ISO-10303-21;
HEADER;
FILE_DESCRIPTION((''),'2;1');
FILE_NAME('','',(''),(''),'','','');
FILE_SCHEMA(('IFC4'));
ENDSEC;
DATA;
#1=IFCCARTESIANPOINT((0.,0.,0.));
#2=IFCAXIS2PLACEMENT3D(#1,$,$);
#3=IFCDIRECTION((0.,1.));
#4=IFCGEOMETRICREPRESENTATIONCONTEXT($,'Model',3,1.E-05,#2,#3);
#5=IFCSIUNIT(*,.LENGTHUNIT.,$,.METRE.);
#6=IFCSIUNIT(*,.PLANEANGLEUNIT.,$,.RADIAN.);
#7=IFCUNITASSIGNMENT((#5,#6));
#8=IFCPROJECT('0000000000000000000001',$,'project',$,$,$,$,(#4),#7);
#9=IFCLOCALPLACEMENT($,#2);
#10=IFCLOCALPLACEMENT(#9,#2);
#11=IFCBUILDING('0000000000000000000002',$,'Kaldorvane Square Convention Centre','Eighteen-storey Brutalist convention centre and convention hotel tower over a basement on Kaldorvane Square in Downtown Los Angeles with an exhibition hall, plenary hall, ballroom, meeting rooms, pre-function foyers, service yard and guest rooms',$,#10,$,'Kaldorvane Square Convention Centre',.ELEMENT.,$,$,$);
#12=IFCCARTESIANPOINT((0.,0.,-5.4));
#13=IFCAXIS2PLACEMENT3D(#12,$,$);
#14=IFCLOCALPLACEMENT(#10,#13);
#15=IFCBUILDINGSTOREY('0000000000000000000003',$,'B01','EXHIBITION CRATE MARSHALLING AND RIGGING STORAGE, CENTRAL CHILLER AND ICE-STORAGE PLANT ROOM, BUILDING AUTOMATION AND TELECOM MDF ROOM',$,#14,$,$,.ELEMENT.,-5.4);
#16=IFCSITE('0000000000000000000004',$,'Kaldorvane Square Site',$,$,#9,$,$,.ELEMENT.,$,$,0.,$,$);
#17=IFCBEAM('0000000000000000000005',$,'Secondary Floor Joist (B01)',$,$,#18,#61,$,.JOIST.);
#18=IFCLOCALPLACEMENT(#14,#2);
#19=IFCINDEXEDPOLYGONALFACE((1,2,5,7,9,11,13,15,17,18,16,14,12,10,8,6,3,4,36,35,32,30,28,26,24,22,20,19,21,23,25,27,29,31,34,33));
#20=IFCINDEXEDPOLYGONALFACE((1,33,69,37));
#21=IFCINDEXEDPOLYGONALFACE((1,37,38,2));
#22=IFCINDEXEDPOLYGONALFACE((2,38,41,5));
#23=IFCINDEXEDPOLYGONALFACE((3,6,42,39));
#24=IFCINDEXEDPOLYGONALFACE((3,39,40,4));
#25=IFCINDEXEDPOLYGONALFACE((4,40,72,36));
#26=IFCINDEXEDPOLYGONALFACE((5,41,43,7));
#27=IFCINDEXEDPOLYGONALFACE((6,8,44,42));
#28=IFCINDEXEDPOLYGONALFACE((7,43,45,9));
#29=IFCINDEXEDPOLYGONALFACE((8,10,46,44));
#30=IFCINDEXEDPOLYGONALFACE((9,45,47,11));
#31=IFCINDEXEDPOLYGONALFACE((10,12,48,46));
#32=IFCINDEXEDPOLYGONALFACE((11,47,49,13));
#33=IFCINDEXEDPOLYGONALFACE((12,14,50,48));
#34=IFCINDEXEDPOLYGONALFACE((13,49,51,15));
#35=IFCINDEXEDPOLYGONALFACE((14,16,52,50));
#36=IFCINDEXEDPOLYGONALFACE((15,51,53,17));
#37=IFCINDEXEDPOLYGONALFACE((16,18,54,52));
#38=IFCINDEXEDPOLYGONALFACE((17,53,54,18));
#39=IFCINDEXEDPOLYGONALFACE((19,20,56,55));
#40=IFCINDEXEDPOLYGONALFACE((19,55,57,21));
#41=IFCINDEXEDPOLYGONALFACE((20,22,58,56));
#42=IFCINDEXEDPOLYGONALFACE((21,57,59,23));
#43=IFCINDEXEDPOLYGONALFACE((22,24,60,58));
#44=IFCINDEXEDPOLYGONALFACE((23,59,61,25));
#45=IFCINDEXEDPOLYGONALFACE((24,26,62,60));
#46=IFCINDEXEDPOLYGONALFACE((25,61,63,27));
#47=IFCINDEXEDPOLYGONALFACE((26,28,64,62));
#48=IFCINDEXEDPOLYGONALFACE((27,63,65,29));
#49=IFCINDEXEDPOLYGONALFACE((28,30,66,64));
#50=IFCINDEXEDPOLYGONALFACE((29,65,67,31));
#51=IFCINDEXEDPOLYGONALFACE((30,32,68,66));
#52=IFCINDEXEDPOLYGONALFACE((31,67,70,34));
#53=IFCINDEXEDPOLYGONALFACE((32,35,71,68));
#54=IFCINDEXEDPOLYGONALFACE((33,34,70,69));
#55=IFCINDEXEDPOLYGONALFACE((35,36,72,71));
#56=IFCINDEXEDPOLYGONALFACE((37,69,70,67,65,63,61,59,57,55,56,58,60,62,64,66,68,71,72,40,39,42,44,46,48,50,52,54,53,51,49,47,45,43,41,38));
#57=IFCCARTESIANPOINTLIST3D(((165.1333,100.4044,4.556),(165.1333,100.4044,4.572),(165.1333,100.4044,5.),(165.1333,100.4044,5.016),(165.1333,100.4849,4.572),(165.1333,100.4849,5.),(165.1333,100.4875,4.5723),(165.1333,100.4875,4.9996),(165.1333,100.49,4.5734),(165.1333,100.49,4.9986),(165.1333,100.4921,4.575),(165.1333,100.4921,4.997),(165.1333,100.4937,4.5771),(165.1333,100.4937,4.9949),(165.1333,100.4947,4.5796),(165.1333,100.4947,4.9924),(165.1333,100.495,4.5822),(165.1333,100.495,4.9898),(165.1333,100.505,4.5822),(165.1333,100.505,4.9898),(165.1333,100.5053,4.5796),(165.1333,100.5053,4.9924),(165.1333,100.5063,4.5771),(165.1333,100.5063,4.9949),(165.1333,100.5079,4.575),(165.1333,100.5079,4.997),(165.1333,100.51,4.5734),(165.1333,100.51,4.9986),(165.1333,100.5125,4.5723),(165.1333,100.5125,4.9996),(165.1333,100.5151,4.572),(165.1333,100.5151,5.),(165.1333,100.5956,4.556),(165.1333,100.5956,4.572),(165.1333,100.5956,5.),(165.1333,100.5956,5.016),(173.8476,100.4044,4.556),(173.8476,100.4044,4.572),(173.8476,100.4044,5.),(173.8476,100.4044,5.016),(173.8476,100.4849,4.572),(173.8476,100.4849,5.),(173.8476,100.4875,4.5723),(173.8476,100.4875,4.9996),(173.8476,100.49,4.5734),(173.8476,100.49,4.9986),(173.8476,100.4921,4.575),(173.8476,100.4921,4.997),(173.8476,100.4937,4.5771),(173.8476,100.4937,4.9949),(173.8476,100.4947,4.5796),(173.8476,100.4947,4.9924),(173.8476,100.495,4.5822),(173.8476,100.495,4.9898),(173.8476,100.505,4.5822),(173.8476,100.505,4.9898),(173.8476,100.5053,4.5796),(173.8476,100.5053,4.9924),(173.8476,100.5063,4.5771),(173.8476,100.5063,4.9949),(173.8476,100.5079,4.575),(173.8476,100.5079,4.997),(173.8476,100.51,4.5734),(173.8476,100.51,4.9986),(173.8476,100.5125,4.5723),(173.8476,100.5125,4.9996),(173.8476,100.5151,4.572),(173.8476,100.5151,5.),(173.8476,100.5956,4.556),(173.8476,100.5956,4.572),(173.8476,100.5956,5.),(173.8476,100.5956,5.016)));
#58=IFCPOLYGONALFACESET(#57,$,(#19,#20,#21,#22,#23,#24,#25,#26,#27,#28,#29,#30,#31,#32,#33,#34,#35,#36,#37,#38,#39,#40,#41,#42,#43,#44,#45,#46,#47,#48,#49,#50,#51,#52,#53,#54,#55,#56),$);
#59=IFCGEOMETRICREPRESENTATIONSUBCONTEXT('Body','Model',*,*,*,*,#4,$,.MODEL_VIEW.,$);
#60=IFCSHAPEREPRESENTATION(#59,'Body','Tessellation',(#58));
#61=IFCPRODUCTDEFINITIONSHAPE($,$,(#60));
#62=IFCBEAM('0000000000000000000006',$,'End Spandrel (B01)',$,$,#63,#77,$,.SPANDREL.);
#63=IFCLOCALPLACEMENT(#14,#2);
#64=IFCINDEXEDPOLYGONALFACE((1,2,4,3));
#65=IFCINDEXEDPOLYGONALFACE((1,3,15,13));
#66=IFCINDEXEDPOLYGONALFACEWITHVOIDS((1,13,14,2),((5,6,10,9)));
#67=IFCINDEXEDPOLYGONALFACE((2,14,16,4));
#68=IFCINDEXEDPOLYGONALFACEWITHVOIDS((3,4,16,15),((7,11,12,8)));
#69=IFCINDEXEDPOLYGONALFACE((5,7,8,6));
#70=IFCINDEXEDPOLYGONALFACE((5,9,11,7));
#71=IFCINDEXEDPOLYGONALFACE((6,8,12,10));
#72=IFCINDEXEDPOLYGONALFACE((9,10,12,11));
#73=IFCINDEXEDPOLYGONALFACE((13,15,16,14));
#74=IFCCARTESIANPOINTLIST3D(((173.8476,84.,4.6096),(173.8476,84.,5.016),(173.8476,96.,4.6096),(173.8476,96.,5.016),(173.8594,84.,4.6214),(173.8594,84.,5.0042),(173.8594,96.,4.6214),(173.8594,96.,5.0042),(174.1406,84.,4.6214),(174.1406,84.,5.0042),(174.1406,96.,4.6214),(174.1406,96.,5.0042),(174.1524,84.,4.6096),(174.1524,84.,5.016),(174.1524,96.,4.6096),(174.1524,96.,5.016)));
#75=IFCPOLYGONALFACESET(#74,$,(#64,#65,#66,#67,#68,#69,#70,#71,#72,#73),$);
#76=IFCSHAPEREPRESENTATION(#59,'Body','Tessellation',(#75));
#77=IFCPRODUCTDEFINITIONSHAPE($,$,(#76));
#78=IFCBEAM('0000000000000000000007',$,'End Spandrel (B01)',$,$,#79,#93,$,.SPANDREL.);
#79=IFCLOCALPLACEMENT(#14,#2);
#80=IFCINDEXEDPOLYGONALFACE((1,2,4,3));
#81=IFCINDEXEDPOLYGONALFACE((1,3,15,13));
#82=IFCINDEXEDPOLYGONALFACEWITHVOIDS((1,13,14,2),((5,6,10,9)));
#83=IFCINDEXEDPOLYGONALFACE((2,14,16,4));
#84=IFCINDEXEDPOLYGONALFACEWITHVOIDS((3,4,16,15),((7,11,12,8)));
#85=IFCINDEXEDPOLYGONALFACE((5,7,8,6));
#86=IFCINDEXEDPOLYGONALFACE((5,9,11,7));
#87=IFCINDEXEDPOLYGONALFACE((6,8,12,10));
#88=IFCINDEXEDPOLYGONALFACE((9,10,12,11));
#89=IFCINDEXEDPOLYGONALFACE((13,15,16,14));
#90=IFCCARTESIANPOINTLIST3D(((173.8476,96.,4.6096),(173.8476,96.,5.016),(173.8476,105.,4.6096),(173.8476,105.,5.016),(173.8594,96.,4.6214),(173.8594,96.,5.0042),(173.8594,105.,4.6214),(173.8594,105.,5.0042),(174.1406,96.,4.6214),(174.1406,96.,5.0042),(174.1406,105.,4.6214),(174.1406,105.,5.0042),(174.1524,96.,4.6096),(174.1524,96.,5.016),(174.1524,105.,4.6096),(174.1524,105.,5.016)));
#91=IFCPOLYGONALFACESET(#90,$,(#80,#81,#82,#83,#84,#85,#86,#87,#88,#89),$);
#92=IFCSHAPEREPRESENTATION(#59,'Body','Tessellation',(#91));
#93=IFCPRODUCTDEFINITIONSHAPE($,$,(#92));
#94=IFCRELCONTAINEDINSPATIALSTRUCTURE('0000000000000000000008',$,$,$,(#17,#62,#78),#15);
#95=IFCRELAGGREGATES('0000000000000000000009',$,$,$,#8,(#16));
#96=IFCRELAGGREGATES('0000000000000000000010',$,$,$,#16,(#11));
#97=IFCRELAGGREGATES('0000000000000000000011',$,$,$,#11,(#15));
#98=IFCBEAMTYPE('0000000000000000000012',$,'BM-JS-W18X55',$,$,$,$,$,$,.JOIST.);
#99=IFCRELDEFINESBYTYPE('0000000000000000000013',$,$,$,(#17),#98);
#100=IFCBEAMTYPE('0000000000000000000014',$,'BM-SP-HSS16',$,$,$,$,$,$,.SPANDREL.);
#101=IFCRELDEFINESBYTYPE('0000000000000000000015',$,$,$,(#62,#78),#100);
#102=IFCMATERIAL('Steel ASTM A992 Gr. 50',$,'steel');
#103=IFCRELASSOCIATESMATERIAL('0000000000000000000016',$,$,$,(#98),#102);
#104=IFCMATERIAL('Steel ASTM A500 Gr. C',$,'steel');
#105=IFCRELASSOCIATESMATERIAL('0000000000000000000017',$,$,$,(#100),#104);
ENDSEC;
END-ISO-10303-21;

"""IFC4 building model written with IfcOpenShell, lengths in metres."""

from ifc_helpers import new_model, si_unit, direction, frame, origin, origin_2d, place, context, subcontext, project, spatial, hollow_rectangle, i_section, extrude, material, material_profile, profile_set, type_object, element, save


model = new_model("IFC4")

# Units and contexts
model_context = context("Model", 3, precision=1e-05, world=origin(), true_north=direction((0.0, 1.0)))
body_context = subcontext(model_context, "Body", "Model", "MODEL_VIEW")
ifc_project = project(units=[si_unit("LENGTHUNIT", "METRE"), si_unit("PLANEANGLEUNIT", "RADIAN")], contexts=[model_context])

# Site, building, storey
site_placement = place(None, origin())
site = spatial("IfcSite", under=ifc_project, at=site_placement, Name="Kaldorvane Square Site", CompositionType="ELEMENT", RefElevation=0.0)
building_placement = place(site_placement, origin())
building = spatial("IfcBuilding", under=site, at=building_placement, Name="Kaldorvane Square Convention Centre", Description="Eighteen-storey Brutalist convention centre and convention hotel tower over a basement on Kaldorvane Square in Downtown Los Angeles with an exhibition hall, plenary hall, ballroom, meeting rooms, pre-function foyers, service yard and guest rooms", LongName="Kaldorvane Square Convention Centre", CompositionType="ELEMENT")
storey_placement = place(building_placement, frame((0.0, 0.0, -5.4)))
storey = spatial("IfcBuildingStorey", under=building, at=storey_placement, Name="B01", Description="EXHIBITION CRATE MARSHALLING AND RIGGING STORAGE, CENTRAL CHILLER AND ICE-STORAGE PLANT ROOM, BUILDING AUTOMATION AND TELECOM MDF ROOM", CompositionType="ELEMENT", Elevation=-5.4)

# Shared definitions
ifc_material_1 = material(Name="Steel ASTM A992 Gr. 50", Category="steel")

# Beams
ifc_material_profile_1 = material_profile(ifc_material_1, i_section(OverallWidth=0.1913, OverallDepth=0.46, WebThickness=0.0099, FlangeThickness=0.016, FilletRadius=0.0102, at=origin_2d()), Name="W18X55")
ifc_profile_set_1 = profile_set([ifc_material_profile_1], Name="Steel ASTM A992 Gr. 50")
beam_type_1 = type_object("IfcBeamType", Name="BM-JS-W18X55", PredefinedType="JOIST", material=ifc_profile_set_1)
beam_1_placement = place(storey_placement, frame((165.1333, 100.5, 4.786), z_axis=(1.0, 0.0, 0.0), x_axis=(0.0, 1.0, 0.0)))
element("IfcBeam", 1, at=beam_1_placement, inside=storey, type_object=beam_type_1, Name="Secondary Floor Joist (B01)", PredefinedType="JOIST", context=body_context, shape_type="SweptSolid", body=[
    extrude(i_section(OverallWidth=0.1913, OverallDepth=0.46, WebThickness=0.0099, FlangeThickness=0.016, FilletRadius=0.0102, at=origin_2d()), origin(), (0.0, 0.0, 1.0), 8.7143),
])
ifc_material_2 = material(Name="Steel ASTM A500 Gr. C", Category="steel")
ifc_material_profile_2 = material_profile(ifc_material_2, hollow_rectangle(XDim=0.3048, YDim=0.4064, WallThickness=0.0118, at=origin_2d()), Name="HSS16X12X1/2")
ifc_profile_set_2 = profile_set([ifc_material_profile_2], Name="Steel ASTM A500 Gr. C")
beam_type_2 = type_object("IfcBeamType", Name="BM-SP-HSS16", PredefinedType="SPANDREL", material=ifc_profile_set_2)
beam_2_placement = place(storey_placement, frame((174.0, 84.0, 4.8128), z_axis=(0.0, 1.0, 0.0), x_axis=(-1.0, 0.0, 0.0)))
element("IfcBeam", 2, at=beam_2_placement, inside=storey, type_object=beam_type_2, Name="End Spandrel (B01)", PredefinedType="SPANDREL", context=body_context, shape_type="SweptSolid", body=[
    extrude(hollow_rectangle(XDim=0.3048, YDim=0.4064, WallThickness=0.0118, at=origin_2d()), origin(), (0.0, 0.0, 1.0), 12.0),
])
beam_3_placement = place(storey_placement, frame((174.0, 96.0, 4.8128), z_axis=(0.0, 1.0, 0.0), x_axis=(-1.0, 0.0, 0.0)))
element("IfcBeam", 3, at=beam_3_placement, inside=storey, type_object=beam_type_2, Name="End Spandrel (B01)", PredefinedType="SPANDREL", context=body_context, shape_type="SweptSolid", body=[
    extrude(hollow_rectangle(XDim=0.3048, YDim=0.4064, WallThickness=0.0118, at=origin_2d()), origin(), (0.0, 0.0, 1.0), 9.0),
])

save(model, "model.ifc")
